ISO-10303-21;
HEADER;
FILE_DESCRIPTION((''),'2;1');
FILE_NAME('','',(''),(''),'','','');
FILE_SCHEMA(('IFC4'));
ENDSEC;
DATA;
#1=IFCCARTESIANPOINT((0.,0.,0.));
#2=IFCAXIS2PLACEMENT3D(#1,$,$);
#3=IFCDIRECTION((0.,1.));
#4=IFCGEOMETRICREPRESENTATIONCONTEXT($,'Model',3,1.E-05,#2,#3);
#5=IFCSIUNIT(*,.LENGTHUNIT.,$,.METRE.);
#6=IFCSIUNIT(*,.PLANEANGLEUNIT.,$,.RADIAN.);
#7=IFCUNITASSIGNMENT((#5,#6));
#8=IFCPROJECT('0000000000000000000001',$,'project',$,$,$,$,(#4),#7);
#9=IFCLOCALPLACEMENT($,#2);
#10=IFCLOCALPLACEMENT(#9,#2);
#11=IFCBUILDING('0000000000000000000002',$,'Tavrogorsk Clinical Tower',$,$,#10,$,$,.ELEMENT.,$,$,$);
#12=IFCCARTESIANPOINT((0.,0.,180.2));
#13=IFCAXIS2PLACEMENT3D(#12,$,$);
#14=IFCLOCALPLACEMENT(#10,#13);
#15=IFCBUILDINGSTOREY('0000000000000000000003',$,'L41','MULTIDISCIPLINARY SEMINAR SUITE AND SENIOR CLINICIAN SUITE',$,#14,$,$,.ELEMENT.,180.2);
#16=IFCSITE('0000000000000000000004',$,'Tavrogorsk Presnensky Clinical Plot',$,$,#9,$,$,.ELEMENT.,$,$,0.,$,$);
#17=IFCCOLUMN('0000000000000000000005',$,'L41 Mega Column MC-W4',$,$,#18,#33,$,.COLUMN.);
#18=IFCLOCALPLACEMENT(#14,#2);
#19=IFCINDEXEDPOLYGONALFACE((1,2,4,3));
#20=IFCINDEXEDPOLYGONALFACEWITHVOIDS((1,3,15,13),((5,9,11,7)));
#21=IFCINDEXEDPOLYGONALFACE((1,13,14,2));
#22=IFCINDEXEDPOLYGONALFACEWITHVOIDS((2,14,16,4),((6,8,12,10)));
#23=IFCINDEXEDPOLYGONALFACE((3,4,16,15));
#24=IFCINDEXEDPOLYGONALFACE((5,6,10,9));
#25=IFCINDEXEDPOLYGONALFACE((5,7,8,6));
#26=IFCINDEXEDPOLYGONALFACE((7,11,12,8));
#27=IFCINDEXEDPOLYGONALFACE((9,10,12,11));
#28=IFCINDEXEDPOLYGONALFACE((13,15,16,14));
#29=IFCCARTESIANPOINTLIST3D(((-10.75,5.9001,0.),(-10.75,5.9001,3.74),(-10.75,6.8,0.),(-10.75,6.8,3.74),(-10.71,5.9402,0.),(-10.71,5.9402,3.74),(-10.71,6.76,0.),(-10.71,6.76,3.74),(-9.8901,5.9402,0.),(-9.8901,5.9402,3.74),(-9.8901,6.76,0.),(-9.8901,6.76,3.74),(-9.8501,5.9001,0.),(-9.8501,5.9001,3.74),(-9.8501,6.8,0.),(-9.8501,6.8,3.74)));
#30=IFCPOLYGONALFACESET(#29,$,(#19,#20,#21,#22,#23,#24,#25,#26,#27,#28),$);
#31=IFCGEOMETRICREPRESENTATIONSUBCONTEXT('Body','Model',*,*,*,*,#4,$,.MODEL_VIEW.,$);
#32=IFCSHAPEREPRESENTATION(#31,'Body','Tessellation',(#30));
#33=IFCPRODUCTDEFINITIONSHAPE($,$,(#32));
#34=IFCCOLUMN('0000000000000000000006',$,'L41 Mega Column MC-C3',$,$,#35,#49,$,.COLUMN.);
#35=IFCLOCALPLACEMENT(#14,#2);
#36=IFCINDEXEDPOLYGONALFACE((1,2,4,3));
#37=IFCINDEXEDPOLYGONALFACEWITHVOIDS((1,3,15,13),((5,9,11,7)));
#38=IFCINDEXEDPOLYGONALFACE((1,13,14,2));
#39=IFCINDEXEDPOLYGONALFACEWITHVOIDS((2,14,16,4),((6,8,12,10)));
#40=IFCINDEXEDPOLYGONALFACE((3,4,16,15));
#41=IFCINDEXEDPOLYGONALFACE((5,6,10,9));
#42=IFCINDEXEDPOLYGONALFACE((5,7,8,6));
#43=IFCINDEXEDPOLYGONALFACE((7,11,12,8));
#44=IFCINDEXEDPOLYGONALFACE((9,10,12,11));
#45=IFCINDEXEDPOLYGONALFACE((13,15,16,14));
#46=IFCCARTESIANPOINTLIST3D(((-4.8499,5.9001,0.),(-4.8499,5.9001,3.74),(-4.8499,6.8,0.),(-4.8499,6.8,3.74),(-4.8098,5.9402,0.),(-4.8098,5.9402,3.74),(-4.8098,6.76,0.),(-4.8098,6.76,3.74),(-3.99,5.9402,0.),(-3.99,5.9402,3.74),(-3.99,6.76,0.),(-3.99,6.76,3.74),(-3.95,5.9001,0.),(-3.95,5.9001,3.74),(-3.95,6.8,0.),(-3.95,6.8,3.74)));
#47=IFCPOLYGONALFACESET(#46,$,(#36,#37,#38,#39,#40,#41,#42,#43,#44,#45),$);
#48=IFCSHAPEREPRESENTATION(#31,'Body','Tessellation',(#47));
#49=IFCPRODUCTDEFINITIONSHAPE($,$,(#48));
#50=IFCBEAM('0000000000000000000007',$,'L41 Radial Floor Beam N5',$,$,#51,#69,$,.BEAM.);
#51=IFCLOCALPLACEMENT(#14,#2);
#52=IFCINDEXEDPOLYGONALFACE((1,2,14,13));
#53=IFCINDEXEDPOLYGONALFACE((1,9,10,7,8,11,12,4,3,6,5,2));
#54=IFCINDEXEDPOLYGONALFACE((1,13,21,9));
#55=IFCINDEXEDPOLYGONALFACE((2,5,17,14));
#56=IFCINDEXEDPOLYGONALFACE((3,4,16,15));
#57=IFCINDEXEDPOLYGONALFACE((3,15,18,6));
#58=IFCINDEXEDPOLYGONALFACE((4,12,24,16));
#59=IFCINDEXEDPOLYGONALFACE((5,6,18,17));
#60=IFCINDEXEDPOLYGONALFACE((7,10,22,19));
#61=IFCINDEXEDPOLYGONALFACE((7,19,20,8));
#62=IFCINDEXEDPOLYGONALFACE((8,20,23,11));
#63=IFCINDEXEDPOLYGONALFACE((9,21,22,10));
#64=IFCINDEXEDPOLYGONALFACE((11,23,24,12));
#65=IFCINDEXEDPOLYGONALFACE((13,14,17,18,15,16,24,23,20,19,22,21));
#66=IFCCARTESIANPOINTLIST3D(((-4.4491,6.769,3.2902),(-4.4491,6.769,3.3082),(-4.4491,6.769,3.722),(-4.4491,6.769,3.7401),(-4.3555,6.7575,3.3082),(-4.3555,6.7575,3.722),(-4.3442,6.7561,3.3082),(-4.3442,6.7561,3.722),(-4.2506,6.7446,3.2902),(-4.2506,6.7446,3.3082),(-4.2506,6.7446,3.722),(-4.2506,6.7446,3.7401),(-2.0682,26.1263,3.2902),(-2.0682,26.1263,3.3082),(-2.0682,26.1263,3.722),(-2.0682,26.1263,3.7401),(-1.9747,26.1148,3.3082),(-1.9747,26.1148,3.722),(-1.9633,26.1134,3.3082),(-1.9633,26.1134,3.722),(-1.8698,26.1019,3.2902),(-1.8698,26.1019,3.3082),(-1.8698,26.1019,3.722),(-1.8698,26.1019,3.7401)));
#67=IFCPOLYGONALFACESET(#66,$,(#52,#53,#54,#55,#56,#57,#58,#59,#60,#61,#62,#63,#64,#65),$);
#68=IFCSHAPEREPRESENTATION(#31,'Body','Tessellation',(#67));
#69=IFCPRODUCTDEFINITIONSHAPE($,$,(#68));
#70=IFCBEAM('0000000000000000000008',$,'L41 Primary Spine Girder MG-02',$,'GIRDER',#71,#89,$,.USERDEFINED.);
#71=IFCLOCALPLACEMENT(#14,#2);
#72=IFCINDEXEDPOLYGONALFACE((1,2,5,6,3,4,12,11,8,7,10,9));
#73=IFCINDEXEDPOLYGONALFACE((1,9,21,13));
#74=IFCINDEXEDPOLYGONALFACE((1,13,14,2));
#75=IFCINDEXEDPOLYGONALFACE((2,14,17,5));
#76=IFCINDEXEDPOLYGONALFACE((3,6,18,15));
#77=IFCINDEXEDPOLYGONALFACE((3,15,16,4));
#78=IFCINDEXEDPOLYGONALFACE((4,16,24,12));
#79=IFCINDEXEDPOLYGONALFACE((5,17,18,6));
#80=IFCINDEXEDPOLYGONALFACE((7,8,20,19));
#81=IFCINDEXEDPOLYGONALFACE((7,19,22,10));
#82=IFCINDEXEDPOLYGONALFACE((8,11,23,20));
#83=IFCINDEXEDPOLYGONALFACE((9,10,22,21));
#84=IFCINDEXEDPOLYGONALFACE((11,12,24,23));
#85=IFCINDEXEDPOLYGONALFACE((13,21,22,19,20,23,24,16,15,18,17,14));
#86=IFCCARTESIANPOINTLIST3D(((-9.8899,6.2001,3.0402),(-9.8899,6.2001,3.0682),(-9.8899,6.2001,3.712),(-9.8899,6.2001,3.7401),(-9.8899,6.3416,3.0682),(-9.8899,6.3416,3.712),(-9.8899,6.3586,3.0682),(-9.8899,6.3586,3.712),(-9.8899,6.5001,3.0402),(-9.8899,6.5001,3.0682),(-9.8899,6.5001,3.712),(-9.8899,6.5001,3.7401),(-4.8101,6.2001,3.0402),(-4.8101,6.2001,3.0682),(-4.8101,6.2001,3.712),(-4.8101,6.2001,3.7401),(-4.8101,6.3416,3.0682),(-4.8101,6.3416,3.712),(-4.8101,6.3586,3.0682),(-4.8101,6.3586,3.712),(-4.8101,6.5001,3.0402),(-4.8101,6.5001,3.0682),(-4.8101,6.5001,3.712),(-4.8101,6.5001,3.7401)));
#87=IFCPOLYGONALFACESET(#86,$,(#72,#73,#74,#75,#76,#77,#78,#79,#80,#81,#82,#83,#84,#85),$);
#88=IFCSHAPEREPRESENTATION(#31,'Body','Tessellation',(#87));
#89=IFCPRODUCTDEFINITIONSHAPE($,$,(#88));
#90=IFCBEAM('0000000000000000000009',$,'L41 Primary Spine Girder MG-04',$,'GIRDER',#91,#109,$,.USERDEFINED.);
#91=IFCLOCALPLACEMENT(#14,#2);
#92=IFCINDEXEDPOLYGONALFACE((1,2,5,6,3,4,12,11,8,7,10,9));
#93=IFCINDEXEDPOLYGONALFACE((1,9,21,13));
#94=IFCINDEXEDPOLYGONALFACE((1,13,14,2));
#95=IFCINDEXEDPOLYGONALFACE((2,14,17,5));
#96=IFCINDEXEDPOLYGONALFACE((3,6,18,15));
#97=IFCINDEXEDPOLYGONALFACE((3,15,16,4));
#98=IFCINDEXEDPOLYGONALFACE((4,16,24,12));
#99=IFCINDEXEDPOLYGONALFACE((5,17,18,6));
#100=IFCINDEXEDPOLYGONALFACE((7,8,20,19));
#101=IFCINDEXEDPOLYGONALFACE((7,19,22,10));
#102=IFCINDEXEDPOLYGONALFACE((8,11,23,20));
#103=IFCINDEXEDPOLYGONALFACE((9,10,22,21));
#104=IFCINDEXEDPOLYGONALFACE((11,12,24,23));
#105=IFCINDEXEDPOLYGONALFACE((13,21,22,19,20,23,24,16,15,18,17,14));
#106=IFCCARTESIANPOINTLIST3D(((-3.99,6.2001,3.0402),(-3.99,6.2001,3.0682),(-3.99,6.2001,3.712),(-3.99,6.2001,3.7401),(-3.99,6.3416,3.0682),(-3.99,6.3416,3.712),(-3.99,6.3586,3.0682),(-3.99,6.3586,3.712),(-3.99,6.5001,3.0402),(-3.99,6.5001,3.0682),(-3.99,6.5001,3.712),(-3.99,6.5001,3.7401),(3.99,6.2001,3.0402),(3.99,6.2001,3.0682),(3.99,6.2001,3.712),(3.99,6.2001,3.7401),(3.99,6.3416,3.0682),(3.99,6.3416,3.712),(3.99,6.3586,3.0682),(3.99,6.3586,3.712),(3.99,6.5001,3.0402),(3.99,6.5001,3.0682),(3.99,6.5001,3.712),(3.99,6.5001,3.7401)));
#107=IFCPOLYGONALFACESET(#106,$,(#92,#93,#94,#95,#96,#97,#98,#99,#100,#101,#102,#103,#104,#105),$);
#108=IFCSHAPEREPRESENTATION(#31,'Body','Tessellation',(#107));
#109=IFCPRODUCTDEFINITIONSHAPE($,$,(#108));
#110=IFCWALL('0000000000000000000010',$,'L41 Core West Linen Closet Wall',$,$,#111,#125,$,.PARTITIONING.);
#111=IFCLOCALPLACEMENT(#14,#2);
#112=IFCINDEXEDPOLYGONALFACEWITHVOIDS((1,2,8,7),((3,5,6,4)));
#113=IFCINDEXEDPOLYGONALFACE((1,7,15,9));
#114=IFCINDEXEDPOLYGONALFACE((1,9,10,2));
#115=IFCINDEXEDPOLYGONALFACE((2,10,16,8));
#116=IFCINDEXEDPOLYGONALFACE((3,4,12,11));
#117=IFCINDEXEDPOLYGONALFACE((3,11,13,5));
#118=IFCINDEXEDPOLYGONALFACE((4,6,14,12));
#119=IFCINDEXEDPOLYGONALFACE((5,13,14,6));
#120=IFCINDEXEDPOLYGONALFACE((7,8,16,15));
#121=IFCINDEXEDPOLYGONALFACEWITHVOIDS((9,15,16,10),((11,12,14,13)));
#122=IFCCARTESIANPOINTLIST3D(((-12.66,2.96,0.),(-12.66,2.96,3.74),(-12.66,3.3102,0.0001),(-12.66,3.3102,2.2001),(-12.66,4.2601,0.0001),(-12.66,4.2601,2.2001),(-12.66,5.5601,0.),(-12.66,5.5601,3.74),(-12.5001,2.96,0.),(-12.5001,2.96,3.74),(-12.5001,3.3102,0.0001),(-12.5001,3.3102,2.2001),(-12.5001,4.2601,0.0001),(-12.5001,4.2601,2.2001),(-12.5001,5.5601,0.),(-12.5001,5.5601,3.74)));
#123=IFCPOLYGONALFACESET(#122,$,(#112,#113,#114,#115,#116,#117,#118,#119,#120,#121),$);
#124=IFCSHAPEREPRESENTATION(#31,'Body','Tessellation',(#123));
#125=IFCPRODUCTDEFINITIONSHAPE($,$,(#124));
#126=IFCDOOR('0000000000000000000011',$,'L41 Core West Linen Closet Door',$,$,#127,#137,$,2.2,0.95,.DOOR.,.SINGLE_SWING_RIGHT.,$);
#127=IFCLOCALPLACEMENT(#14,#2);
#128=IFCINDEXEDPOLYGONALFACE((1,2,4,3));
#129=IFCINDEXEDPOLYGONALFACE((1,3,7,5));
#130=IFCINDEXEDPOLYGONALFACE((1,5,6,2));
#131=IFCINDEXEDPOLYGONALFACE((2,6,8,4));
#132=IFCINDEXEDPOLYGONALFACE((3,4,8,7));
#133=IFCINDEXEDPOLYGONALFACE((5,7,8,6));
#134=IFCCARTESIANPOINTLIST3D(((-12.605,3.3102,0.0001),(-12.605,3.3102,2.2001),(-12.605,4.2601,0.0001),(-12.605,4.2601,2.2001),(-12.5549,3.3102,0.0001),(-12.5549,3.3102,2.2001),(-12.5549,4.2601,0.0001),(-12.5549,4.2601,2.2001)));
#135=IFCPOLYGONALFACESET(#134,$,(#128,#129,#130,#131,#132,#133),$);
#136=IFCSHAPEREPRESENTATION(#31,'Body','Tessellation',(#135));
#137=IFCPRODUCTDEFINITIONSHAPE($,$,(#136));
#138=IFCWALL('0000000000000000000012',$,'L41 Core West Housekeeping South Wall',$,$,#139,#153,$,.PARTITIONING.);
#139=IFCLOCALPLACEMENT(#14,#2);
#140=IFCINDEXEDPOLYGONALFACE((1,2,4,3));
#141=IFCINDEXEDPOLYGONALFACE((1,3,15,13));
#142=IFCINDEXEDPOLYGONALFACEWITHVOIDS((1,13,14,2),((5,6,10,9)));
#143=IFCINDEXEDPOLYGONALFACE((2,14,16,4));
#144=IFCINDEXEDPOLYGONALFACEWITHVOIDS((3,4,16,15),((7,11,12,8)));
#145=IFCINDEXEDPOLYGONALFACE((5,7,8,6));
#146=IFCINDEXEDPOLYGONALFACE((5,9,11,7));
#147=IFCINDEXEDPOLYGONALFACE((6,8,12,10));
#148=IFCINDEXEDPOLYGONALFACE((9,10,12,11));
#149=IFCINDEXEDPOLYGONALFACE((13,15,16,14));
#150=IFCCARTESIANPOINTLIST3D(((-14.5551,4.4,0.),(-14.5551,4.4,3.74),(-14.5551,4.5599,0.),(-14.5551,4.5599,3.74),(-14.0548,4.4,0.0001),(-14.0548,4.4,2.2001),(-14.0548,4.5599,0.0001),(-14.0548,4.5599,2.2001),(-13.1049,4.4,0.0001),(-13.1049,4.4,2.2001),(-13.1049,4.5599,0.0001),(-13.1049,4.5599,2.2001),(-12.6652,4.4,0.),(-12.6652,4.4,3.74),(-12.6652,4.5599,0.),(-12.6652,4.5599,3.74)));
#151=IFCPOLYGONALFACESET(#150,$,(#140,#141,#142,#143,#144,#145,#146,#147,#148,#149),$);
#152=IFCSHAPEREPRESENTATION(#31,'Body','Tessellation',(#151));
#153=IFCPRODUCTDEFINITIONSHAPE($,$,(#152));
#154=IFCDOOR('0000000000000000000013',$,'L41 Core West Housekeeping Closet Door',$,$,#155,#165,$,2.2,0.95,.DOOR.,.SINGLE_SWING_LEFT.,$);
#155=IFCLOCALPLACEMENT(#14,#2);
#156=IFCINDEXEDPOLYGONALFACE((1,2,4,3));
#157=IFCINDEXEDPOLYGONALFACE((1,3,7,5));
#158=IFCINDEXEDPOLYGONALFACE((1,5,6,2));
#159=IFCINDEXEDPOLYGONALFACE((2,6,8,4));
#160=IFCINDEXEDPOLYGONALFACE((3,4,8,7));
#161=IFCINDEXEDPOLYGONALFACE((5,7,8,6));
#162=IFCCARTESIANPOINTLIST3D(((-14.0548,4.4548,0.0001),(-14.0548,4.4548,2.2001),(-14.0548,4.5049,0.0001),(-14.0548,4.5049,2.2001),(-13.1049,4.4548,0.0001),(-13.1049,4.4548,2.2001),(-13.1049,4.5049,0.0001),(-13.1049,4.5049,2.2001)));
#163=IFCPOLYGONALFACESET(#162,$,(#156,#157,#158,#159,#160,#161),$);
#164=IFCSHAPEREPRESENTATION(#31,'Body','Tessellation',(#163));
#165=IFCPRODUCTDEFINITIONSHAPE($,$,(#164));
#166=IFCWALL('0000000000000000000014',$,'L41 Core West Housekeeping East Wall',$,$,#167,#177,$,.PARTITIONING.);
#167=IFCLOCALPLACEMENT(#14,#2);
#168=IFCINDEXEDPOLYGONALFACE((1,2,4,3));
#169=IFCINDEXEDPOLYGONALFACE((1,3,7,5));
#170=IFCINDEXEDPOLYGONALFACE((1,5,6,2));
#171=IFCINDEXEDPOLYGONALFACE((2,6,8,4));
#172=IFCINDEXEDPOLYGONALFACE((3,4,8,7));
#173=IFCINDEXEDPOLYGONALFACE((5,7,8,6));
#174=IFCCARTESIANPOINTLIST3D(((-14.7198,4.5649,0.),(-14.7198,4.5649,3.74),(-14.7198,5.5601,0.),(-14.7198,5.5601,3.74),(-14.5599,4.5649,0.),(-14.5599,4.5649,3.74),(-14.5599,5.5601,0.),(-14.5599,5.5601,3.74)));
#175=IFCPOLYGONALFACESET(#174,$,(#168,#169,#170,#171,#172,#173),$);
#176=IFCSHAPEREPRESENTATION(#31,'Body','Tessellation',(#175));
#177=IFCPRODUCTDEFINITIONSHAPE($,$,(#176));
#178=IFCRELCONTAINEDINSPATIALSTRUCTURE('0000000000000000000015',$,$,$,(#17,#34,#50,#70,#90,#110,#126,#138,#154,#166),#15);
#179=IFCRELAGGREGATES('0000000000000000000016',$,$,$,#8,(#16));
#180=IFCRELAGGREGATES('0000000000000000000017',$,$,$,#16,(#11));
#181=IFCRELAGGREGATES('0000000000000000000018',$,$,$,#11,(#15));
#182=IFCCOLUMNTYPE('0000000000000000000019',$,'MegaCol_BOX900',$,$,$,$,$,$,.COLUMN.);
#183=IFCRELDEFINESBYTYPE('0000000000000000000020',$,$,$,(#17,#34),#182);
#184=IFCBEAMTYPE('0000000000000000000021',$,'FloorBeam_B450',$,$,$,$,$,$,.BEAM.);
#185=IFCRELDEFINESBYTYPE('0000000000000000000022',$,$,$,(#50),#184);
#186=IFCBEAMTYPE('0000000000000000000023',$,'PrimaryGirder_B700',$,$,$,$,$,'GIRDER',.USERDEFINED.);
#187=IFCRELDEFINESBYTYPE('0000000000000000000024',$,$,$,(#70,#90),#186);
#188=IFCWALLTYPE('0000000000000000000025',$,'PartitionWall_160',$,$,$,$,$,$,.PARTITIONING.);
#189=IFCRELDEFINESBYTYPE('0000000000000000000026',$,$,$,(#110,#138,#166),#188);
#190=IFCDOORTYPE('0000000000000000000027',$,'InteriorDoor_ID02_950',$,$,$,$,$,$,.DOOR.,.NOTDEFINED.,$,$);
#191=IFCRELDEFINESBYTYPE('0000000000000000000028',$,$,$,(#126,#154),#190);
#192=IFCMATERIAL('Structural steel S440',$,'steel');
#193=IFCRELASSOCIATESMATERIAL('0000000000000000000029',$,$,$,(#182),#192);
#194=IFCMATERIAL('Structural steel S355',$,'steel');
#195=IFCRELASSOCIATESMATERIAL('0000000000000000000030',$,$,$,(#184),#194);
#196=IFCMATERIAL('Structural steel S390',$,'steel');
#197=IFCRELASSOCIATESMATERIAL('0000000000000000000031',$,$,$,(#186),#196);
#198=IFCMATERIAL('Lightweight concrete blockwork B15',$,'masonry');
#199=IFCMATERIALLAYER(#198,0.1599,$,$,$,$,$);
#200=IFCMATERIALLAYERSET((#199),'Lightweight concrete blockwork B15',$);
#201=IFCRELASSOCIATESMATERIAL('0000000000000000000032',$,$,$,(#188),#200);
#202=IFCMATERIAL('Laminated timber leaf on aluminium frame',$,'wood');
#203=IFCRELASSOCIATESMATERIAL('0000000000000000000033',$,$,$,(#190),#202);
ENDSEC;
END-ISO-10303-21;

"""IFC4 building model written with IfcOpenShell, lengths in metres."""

from ifc_helpers import new_model, si_unit, direction, frame, frame_2d, origin, origin_2d, place, context, subcontext, project, spatial, rectangle, hollow_rectangle, i_section, extrude, material, layer, layer_set, material_profile, profile_set, type_object, element, fill, save


model = new_model("IFC4")

# Units and contexts
model_context = context("Model", 3, precision=1e-05, world=origin(), true_north=direction((0.0, 1.0)))
body_context = subcontext(model_context, "Body", "Model", "MODEL_VIEW")
ifc_project = project(units=[si_unit("LENGTHUNIT", "METRE"), si_unit("PLANEANGLEUNIT", "RADIAN")], contexts=[model_context])

# Site, building, storey
site_placement = place(None, origin())
site = spatial("IfcSite", under=ifc_project, at=site_placement, Name="Tavrogorsk Presnensky Clinical Plot", CompositionType="ELEMENT", RefElevation=0.0)
building_placement = place(site_placement, origin())
building = spatial("IfcBuilding", under=site, at=building_placement, Name="Tavrogorsk Clinical Tower", CompositionType="ELEMENT")
storey_placement = place(building_placement, frame((0.0, 0.0, 180.2)))
storey = spatial("IfcBuildingStorey", under=building, at=storey_placement, Name="L41", Description="MULTIDISCIPLINARY SEMINAR SUITE AND SENIOR CLINICIAN SUITE", CompositionType="ELEMENT", Elevation=180.2)

# Columns
ifc_material_1 = material(Name="Structural steel S440", Category="steel")
ifc_material_profile_1 = material_profile(ifc_material_1, hollow_rectangle(XDim=0.8999, YDim=0.8999, WallThickness=0.04, at=origin_2d()), Name="BOX-900x900x40")
ifc_profile_set_1 = profile_set([ifc_material_profile_1], Name="Structural steel S440")
column_type = type_object("IfcColumnType", Name="MegaCol_BOX900", PredefinedType="COLUMN", material=ifc_profile_set_1)
for number, where, z_axis, x_axis, name in (
    (1, (-10.3, 6.3501, 0.0), (0.0, 0.0, 1.0), (1.0, 0.0, 0.0), "L41 Mega Column MC-W4"),
    (2, (-4.3999, 6.3501, 0.0), (0.0, 0.0, 1.0), (1.0, 0.0, 0.0), "L41 Mega Column MC-C3"),
):
    element("IfcColumn", number, at=place(storey_placement, frame(where, z_axis=z_axis, x_axis=x_axis)), inside=storey, type_object=column_type, Name=name, PredefinedType="COLUMN", context=body_context, shape_type="SweptSolid", body=[
        extrude(hollow_rectangle(XDim=0.8999, YDim=0.8999, WallThickness=0.04, at=origin_2d()), origin(), (0.0, 0.0, 1.0), 3.74),
    ])

# Beams
ifc_material_2 = material(Name="Structural steel S355", Category="steel")
ifc_material_profile_2 = material_profile(ifc_material_2, i_section(OverallWidth=0.2, OverallDepth=0.45, WebThickness=0.0115, FlangeThickness=0.0181, at=origin_2d()), Name="B-450x200x11.5x18")
ifc_profile_set_2 = profile_set([ifc_material_profile_2], Name="Structural steel S355")
beam_type_1 = type_object("IfcBeamType", Name="FloorBeam_B450", PredefinedType="BEAM", material=ifc_profile_set_2)
beam_1_placement = place(storey_placement, frame((-4.3499, 6.7568, 3.5151), z_axis=(0.122075, 0.992521, 0.0), x_axis=(-0.992521, 0.122075, 0.0)))
element("IfcBeam", 3, at=beam_1_placement, inside=storey, type_object=beam_type_1, Name="L41 Radial Floor Beam N5", PredefinedType="BEAM", context=body_context, shape_type="SweptSolid", body=[
    extrude(i_section(OverallWidth=0.2, OverallDepth=0.45, WebThickness=0.0115, FlangeThickness=0.0181, at=origin_2d()), origin(), (0.0, 0.0, 1.0), 19.5032),
])
ifc_material_3 = material(Name="Structural steel S390", Category="steel")
ifc_material_profile_3 = material_profile(ifc_material_3, i_section(OverallWidth=0.3, OverallDepth=0.7, WebThickness=0.0171, FlangeThickness=0.0281, at=origin_2d()), Name="B-700x300x17x28")
ifc_profile_set_3 = profile_set([ifc_material_profile_3], Name="Structural steel S390")
beam_type_2 = type_object("IfcBeamType", Name="PrimaryGirder_B700", ElementType="GIRDER", PredefinedType="USERDEFINED", material=ifc_profile_set_3)
beam_2_placement = place(storey_placement, frame((-9.8899, 6.3501, 3.3901), z_axis=(1.0, 0.0, 0.0), x_axis=(0.0, 1.0, 0.0)))
element("IfcBeam", 4, at=beam_2_placement, inside=storey, type_object=beam_type_2, Name="L41 Primary Spine Girder MG-02", ObjectType="GIRDER", PredefinedType="USERDEFINED", context=body_context, shape_type="SweptSolid", body=[
    extrude(i_section(OverallWidth=0.3, OverallDepth=0.7, WebThickness=0.0171, FlangeThickness=0.0281, at=origin_2d()), origin(), (0.0, 0.0, 1.0), 5.0798),
])
beam_3_placement = place(storey_placement, frame((-3.99, 6.3501, 3.3901), z_axis=(1.0, 0.0, 0.0), x_axis=(0.0, 1.0, 0.0)))
element("IfcBeam", 5, at=beam_3_placement, inside=storey, type_object=beam_type_2, Name="L41 Primary Spine Girder MG-04", ObjectType="GIRDER", PredefinedType="USERDEFINED", context=body_context, shape_type="SweptSolid", body=[
    extrude(i_section(OverallWidth=0.3, OverallDepth=0.7, WebThickness=0.0171, FlangeThickness=0.0281, at=origin_2d()), origin(), (0.0, 0.0, 1.0), 7.98),
])

# Walls, openings, doors
ifc_material_4 = material(Name="Lightweight concrete blockwork B15", Category="masonry")
ifc_layer_1 = layer(ifc_material_4, 0.1599)
ifc_layer_set_1 = layer_set([ifc_layer_1], Name="Lightweight concrete blockwork B15")
wall_type_1 = type_object("IfcWallType", Name="PartitionWall_160", PredefinedType="PARTITIONING", material=ifc_layer_set_1)
wall_1_placement = place(storey_placement, frame((-12.5801, 2.96, 0.0), z_axis=(0.0, 0.0, 1.0), x_axis=(0.0, 1.0, 0.0)))
wall_1 = element("IfcWall", 6, at=wall_1_placement, inside=storey, type_object=wall_type_1, Name="L41 Core West Linen Closet Wall", PredefinedType="PARTITIONING", context=body_context, shape_type="SweptSolid", body=[
    extrude(rectangle(XDim=2.6001, YDim=0.1599, at=frame_2d((1.3, 0.0))), origin(), (0.0, 0.0, 1.0), 3.74),
])
opening_1_placement = place(wall_1_placement, frame((0.3501, 0.0, 0.0)))
opening_1 = element("IfcOpeningElement", 7, at=opening_1_placement, cuts=wall_1, PredefinedType="OPENING", context=body_context, shape_type="SweptSolid", body=[
    extrude(rectangle(XDim=0.95, YDim=2.2, at=frame_2d((0.4751, 1.1001))), frame((0.0, 0.0898, 0.0), z_axis=(0.0, -1.0, 0.0), x_axis=(1.0, 0.0, 0.0)), (0.0, 0.0, 1.0), 0.1799),
])
ifc_material_5 = material(Name="Laminated timber leaf on aluminium frame", Category="wood")
door_type_1 = type_object("IfcDoorType", Name="InteriorDoor_ID02_950", OperationType="NOTDEFINED", PredefinedType="DOOR", material=ifc_material_5)
door_1_placement = place(opening_1_placement, origin())
door_1 = element("IfcDoor", 8, at=door_1_placement, inside=storey, type_object=door_type_1, Name="L41 Core West Linen Closet Door", OperationType="SINGLE_SWING_RIGHT", OverallHeight=2.2, OverallWidth=0.95, PredefinedType="DOOR", context=body_context, shape_type="SweptSolid", body=[
    extrude(rectangle(XDim=0.95, YDim=2.2, at=frame_2d((0.4751, 1.1001))), frame((0.0, 0.0249, 0.0), z_axis=(0.0, -1.0, 0.0), x_axis=(1.0, 0.0, 0.0)), (0.0, 0.0, 1.0), 0.05),
])
fill(opening_1, door_1)
wall_2_placement = place(storey_placement, frame((-14.5549, 4.48, 0.0), z_axis=(0.0, 0.0, 1.0), x_axis=(1.0, 0.0, 0.0)))
wall_2 = element("IfcWall", 9, at=wall_2_placement, inside=storey, type_object=wall_type_1, Name="L41 Core West Housekeeping South Wall", PredefinedType="PARTITIONING", context=body_context, shape_type="SweptSolid", body=[
    extrude(rectangle(XDim=1.8899, YDim=0.1599, at=frame_2d((0.9448, 0.0))), origin(), (0.0, 0.0, 1.0), 3.74),
])
opening_2_placement = place(wall_2_placement, frame((0.5, 0.0, 0.0)))
opening_2 = element("IfcOpeningElement", 10, at=opening_2_placement, cuts=wall_2, PredefinedType="OPENING", context=body_context, shape_type="SweptSolid", body=[
    extrude(rectangle(XDim=0.95, YDim=2.2, at=frame_2d((0.4751, 1.1001))), frame((0.0, 0.0898, 0.0), z_axis=(0.0, -1.0, 0.0), x_axis=(1.0, 0.0, 0.0)), (0.0, 0.0, 1.0), 0.1799),
])
door_2_placement = place(opening_2_placement, origin())
door_2 = element("IfcDoor", 11, at=door_2_placement, inside=storey, type_object=door_type_1, Name="L41 Core West Housekeeping Closet Door", OperationType="SINGLE_SWING_LEFT", OverallHeight=2.2, OverallWidth=0.95, PredefinedType="DOOR", context=body_context, shape_type="SweptSolid", body=[
    extrude(rectangle(XDim=0.95, YDim=2.2, at=frame_2d((0.4751, 1.1001))), frame((0.0, 0.0249, 0.0), z_axis=(0.0, -1.0, 0.0), x_axis=(1.0, 0.0, 0.0)), (0.0, 0.0, 1.0), 0.05),
])
fill(opening_2, door_2)

# Wall
wall_3_placement = place(storey_placement, frame((-14.6399, 4.5649, 0.0), z_axis=(0.0, 0.0, 1.0), x_axis=(0.0, 1.0, 0.0)))
element("IfcWall", 12, at=wall_3_placement, inside=storey, type_object=wall_type_1, Name="L41 Core West Housekeeping East Wall", PredefinedType="PARTITIONING", context=body_context, shape_type="SweptSolid", body=[
    extrude(rectangle(XDim=0.9951, YDim=0.1599, at=frame_2d((0.4976, 0.0))), origin(), (0.0, 0.0, 1.0), 3.74),
])

save(model, "model.ifc")
